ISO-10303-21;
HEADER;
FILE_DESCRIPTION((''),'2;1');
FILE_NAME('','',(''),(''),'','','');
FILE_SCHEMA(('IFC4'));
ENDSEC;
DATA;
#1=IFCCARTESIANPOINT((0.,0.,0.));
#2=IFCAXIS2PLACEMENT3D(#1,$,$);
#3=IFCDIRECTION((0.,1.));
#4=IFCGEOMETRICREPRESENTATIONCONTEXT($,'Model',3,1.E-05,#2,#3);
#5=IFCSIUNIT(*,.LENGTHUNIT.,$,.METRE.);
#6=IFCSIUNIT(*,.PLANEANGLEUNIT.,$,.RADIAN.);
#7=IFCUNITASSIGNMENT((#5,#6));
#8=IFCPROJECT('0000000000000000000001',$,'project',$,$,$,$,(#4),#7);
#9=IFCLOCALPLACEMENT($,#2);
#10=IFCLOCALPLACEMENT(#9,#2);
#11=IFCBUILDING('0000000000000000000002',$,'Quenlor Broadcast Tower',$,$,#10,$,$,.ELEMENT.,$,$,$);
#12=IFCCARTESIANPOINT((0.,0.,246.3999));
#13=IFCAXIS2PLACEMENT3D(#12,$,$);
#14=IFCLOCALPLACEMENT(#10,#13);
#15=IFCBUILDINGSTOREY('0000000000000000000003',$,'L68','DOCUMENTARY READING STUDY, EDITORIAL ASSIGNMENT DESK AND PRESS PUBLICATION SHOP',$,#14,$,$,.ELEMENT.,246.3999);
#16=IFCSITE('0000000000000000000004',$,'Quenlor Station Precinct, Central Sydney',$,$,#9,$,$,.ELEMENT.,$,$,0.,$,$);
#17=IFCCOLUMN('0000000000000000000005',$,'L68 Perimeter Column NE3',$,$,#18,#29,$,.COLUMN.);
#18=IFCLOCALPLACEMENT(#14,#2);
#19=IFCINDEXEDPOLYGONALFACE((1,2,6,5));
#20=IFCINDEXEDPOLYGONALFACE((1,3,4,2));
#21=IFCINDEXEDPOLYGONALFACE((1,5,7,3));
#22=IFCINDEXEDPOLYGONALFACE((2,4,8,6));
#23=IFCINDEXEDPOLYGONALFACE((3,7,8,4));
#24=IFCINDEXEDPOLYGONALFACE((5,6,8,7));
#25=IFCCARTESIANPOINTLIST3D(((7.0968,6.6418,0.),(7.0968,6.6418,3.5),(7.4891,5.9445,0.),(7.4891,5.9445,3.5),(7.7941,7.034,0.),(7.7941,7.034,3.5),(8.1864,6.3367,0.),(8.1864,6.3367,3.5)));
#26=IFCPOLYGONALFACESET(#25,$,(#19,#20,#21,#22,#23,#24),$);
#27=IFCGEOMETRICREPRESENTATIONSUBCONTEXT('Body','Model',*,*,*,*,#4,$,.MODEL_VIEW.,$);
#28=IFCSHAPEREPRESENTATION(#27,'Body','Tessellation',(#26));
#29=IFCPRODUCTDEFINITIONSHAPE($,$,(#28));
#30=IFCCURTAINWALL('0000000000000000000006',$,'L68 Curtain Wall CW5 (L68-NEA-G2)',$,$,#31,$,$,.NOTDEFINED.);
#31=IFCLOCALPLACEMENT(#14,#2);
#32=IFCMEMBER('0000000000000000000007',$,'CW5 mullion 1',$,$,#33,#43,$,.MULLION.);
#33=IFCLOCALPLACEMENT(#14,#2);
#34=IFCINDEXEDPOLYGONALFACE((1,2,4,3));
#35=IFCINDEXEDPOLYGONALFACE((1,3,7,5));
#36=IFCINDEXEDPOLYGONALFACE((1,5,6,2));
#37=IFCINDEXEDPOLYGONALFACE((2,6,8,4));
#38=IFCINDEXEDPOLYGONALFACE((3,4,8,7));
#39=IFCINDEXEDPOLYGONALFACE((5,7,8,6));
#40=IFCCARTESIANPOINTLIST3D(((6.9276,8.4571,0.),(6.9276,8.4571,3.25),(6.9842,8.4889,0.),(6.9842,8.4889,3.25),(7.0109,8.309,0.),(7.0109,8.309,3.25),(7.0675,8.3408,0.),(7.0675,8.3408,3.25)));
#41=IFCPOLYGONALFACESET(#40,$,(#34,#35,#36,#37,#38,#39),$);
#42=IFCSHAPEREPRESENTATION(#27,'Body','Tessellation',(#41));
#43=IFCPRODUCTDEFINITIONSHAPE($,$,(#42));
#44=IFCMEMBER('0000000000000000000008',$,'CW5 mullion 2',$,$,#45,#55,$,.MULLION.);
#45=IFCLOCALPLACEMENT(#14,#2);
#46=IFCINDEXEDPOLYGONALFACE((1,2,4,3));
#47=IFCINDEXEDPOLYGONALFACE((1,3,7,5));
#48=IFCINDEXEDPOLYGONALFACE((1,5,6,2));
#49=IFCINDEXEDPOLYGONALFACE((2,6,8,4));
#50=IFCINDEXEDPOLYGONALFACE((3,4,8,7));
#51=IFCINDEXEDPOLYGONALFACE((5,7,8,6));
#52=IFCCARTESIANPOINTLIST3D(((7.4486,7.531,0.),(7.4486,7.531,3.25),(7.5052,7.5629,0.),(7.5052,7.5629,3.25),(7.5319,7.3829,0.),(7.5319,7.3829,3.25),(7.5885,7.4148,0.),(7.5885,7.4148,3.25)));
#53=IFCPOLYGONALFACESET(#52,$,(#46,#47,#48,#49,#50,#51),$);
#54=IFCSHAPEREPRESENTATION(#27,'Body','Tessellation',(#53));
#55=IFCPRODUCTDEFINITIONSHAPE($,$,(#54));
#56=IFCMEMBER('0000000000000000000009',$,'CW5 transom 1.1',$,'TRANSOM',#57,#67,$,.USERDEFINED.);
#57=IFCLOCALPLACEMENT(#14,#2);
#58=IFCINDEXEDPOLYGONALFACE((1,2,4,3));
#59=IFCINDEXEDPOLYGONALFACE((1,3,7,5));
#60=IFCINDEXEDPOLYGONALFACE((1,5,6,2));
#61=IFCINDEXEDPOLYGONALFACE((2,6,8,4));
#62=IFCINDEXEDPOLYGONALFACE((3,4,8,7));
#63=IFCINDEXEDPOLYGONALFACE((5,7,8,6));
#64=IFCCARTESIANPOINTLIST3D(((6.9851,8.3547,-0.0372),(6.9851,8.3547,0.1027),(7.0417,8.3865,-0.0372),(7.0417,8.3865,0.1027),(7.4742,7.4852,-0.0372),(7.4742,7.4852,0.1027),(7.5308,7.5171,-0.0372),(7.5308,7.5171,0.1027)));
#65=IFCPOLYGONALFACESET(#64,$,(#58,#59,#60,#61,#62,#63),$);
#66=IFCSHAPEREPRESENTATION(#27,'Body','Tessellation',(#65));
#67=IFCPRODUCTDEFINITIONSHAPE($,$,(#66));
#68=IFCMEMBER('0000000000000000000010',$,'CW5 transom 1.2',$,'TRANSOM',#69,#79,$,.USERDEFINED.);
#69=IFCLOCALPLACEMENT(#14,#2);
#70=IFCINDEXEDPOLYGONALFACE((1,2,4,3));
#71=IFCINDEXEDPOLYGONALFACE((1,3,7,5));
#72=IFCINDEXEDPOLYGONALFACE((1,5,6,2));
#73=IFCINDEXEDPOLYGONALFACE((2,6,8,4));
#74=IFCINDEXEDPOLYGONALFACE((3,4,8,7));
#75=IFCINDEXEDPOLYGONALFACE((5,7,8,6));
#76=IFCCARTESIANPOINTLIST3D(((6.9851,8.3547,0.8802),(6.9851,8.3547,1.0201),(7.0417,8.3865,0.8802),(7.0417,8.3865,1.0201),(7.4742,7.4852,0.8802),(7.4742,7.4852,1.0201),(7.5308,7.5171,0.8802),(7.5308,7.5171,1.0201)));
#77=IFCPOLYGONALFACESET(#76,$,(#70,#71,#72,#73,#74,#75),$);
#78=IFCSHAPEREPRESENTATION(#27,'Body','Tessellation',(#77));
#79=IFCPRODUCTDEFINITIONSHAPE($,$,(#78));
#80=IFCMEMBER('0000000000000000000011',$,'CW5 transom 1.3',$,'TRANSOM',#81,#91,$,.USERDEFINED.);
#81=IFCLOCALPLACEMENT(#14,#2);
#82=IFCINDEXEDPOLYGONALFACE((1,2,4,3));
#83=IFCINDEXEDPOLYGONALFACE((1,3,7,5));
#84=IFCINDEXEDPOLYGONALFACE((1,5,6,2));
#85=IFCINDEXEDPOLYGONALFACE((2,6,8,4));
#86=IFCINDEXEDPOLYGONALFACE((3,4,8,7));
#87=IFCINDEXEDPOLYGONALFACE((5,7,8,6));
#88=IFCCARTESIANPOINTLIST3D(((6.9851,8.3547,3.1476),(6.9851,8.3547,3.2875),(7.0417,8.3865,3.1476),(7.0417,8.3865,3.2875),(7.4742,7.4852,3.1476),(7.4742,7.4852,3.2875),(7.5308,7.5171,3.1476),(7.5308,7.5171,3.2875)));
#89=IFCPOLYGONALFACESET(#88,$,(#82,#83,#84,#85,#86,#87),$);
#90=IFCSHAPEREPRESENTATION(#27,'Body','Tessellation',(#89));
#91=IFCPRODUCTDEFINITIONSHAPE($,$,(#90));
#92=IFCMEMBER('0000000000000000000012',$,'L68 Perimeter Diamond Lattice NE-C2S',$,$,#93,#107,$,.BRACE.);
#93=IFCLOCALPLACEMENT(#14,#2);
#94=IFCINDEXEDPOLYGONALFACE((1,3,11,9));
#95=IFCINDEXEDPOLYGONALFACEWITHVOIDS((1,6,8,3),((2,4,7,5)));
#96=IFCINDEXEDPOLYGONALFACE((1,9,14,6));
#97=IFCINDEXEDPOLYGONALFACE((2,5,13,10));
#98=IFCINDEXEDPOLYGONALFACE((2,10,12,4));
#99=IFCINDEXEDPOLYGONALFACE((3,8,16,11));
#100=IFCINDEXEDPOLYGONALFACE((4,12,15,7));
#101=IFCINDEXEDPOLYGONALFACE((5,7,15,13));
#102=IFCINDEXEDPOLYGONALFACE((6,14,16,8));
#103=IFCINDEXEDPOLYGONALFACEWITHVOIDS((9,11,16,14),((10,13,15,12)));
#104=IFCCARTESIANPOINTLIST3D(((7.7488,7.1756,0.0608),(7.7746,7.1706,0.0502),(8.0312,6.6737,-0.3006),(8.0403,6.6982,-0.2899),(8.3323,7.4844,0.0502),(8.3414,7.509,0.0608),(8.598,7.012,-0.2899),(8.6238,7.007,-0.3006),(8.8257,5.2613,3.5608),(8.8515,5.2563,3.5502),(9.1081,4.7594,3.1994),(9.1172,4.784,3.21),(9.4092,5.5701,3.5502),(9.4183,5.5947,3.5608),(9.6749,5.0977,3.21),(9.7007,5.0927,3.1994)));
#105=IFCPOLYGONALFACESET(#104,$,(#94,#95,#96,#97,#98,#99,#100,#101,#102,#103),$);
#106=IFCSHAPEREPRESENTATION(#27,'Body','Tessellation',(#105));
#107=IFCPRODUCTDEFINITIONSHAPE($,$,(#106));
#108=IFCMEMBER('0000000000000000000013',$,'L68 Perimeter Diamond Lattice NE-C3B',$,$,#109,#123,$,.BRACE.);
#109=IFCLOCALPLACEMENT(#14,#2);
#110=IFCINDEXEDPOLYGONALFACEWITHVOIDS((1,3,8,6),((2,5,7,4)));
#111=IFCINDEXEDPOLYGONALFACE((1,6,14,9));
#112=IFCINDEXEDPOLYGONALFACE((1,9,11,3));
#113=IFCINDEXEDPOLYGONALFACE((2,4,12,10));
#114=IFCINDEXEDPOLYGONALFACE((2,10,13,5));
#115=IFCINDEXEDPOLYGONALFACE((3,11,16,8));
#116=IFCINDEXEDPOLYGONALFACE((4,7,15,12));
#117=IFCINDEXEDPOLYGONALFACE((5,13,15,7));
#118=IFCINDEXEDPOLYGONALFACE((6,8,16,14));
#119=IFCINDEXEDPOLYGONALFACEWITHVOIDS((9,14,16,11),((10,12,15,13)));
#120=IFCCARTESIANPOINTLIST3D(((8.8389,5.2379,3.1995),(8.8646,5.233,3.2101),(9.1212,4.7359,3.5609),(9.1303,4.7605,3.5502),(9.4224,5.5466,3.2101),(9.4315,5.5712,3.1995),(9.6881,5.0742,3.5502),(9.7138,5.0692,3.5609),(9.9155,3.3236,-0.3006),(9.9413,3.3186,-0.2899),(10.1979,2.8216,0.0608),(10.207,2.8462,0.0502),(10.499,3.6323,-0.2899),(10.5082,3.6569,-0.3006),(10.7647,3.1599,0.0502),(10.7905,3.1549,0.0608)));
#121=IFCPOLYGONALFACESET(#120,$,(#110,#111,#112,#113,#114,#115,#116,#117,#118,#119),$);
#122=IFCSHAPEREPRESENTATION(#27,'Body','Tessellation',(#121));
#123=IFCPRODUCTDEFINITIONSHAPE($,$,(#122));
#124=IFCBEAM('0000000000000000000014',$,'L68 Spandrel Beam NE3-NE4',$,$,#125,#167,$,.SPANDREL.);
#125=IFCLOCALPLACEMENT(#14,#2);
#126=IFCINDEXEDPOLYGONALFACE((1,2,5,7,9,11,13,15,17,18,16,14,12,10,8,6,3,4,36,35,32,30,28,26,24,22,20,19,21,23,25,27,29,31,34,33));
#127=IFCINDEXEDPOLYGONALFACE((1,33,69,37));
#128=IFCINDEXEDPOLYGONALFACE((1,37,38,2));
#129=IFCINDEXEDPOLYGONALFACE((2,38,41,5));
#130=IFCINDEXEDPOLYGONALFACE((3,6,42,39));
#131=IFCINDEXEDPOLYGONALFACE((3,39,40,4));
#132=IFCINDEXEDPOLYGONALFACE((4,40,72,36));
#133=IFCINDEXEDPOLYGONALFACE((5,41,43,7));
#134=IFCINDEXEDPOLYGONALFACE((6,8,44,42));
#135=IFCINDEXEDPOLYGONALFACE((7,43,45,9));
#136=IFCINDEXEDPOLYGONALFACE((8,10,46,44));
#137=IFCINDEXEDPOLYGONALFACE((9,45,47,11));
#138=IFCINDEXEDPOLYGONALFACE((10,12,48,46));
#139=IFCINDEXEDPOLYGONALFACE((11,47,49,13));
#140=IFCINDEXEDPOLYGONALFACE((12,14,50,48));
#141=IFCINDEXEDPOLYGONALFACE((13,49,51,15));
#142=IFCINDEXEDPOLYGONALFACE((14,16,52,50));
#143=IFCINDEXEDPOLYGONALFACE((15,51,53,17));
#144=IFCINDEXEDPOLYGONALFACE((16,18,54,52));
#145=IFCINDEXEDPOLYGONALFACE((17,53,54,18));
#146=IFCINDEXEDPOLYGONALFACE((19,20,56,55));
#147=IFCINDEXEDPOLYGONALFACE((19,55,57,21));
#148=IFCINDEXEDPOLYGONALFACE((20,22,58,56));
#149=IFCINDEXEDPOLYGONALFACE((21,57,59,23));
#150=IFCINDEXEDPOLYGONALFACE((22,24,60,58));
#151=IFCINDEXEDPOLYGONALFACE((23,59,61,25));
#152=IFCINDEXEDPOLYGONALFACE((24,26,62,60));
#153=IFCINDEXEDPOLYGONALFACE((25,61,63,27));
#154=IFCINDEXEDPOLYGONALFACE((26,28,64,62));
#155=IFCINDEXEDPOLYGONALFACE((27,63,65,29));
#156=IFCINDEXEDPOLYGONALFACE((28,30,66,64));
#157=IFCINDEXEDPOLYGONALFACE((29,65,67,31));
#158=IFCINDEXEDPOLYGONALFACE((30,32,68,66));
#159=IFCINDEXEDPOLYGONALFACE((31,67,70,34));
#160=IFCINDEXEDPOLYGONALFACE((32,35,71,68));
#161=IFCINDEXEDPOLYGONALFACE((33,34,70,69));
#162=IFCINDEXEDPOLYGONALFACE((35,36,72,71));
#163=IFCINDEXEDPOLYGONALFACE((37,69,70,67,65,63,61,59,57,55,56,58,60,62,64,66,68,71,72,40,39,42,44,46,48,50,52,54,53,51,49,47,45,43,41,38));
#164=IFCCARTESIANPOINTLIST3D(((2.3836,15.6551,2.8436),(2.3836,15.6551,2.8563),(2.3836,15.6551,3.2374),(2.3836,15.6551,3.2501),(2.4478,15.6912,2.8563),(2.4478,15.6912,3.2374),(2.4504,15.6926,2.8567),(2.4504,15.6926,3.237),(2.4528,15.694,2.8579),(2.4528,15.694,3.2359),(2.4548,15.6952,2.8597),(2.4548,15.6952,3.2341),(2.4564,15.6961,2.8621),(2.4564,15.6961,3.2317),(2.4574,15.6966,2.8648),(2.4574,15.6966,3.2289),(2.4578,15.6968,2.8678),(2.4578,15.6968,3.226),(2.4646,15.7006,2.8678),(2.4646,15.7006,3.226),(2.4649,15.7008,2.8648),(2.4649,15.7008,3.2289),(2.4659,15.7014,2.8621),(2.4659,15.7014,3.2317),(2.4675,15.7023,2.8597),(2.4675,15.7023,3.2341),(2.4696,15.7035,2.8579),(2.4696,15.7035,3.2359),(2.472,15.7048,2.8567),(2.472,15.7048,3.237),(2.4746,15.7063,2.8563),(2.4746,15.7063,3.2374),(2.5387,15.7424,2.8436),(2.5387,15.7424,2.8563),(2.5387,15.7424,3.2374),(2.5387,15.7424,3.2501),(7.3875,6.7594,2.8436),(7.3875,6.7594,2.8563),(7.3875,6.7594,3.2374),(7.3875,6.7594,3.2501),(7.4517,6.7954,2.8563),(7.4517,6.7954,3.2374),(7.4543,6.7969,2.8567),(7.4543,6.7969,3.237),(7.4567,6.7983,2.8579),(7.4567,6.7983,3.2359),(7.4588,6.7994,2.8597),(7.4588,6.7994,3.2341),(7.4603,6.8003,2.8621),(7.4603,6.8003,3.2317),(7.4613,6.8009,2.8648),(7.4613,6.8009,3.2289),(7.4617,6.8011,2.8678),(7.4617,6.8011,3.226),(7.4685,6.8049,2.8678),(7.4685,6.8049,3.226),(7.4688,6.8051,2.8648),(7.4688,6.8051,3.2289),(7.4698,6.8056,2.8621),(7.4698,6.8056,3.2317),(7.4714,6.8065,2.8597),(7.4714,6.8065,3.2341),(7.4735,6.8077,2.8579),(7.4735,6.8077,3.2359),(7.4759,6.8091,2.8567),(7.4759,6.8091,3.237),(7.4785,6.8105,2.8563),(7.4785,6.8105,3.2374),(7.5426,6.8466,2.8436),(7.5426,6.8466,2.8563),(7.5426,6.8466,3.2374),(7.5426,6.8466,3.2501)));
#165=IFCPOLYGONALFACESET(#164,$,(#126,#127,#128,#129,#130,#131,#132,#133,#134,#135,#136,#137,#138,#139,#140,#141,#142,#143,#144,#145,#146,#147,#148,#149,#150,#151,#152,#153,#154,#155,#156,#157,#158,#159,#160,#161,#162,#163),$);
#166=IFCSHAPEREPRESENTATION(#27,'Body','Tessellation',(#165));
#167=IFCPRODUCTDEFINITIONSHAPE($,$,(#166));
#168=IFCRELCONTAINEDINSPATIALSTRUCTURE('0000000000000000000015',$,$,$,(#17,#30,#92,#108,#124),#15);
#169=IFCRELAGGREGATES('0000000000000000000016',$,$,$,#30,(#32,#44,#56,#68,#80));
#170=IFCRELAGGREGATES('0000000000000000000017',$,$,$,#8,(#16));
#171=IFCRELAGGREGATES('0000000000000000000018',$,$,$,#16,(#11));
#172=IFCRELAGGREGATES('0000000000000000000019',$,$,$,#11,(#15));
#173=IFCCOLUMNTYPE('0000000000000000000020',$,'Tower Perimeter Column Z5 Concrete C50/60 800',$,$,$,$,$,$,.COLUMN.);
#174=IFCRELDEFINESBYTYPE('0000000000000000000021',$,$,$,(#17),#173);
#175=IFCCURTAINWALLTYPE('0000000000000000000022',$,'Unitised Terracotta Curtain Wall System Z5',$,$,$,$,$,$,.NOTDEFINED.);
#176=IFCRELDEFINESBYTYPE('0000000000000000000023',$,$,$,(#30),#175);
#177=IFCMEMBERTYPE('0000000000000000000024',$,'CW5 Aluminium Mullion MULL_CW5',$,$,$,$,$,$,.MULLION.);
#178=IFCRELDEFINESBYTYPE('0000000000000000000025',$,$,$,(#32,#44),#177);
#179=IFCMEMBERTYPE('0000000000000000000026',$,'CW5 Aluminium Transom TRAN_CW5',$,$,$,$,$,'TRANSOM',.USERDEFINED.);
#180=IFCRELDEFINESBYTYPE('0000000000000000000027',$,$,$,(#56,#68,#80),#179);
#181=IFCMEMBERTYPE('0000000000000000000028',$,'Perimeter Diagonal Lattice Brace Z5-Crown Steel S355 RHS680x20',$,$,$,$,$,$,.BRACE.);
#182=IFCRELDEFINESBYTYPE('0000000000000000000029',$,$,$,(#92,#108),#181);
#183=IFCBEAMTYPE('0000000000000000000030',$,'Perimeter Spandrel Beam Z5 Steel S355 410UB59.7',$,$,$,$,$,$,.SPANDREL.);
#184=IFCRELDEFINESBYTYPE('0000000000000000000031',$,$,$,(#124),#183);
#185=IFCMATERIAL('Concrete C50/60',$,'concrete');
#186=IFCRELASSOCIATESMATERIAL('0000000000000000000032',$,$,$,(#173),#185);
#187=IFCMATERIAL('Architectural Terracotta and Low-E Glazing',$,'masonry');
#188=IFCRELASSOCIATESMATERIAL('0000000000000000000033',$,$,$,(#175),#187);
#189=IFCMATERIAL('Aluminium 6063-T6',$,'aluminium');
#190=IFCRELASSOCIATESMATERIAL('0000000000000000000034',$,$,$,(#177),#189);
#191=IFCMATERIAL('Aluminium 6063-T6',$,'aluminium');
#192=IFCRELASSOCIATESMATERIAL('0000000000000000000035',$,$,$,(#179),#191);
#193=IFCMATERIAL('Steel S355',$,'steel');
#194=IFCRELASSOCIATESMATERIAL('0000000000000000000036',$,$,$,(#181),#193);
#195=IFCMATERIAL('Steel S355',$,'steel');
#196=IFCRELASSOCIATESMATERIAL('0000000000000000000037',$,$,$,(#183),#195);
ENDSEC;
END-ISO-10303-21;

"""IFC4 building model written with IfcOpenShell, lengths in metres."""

from ifc_helpers import new_model, si_unit, direction, frame, origin, origin_2d, place, context, subcontext, project, spatial, rectangle, hollow_rectangle, i_section, extrude, material, material_profile, profile_set, type_object, element, aggregate, save


model = new_model("IFC4")

# Units and contexts
model_context = context("Model", 3, precision=1e-05, world=origin(), true_north=direction((0.0, 1.0)))
body_context = subcontext(model_context, "Body", "Model", "MODEL_VIEW")
ifc_project = project(units=[si_unit("LENGTHUNIT", "METRE"), si_unit("PLANEANGLEUNIT", "RADIAN")], contexts=[model_context])

# Site, building, storey
site_placement = place(None, origin())
site = spatial("IfcSite", under=ifc_project, at=site_placement, Name="Quenlor Station Precinct, Central Sydney", CompositionType="ELEMENT", RefElevation=0.0)
building_placement = place(site_placement, origin())
building = spatial("IfcBuilding", under=site, at=building_placement, Name="Quenlor Broadcast Tower", CompositionType="ELEMENT")
storey_placement = place(building_placement, frame((0.0, 0.0, 246.3999)))
storey = spatial("IfcBuildingStorey", under=building, at=storey_placement, Name="L68", Description="DOCUMENTARY READING STUDY, EDITORIAL ASSIGNMENT DESK AND PRESS PUBLICATION SHOP", CompositionType="ELEMENT", Elevation=246.3999)

# Column
ifc_material_1 = material(Name="Concrete C50/60", Category="concrete")
ifc_material_profile_1 = material_profile(ifc_material_1, rectangle(XDim=0.8, YDim=0.8, at=origin_2d()))
ifc_profile_set_1 = profile_set([ifc_material_profile_1], Name="Concrete C50/60 RC800x800")
column_type = type_object("IfcColumnType", Name="Tower Perimeter Column Z5 Concrete C50/60 800", PredefinedType="COLUMN", material=ifc_profile_set_1)
column_placement = place(storey_placement, frame((7.6416, 6.4893, 0.0), z_axis=(0.0, 0.0, 1.0), x_axis=(0.871575, 0.490262, 0.0)))
element("IfcColumn", 1, at=column_placement, inside=storey, type_object=column_type, Name="L68 Perimeter Column NE3", PredefinedType="COLUMN", context=body_context, shape_type="SweptSolid", body=[
    extrude(rectangle(XDim=0.8, YDim=0.8, at=origin_2d()), origin(), (0.0, 0.0, 1.0), 3.5),
])

# Curtain wall, members
ifc_material_2 = material(Name="Architectural Terracotta and Low-E Glazing", Category="masonry")
curtain_wall_type = type_object("IfcCurtainWallType", Name="Unitised Terracotta Curtain Wall System Z5", PredefinedType="NOTDEFINED", material=ifc_material_2)
curtain_wall_placement = place(storey_placement, origin())
curtain_wall = element("IfcCurtainWall", 2, at=curtain_wall_placement, inside=storey, type_object=curtain_wall_type, Name="L68 Curtain Wall CW5 (L68-NEA-G2)", PredefinedType="NOTDEFINED")
ifc_material_3 = material(Name="Aluminium 6063-T6", Category="aluminium")
ifc_material_profile_2 = material_profile(ifc_material_3, rectangle(XDim=0.0649, YDim=0.1699, at=origin_2d()))
ifc_profile_set_2 = profile_set([ifc_material_profile_2], Name="Aluminium 6063-T6 MULL65x170")
member_type_1 = type_object("IfcMemberType", Name="CW5 Aluminium Mullion MULL_CW5", PredefinedType="MULLION", material=ifc_profile_set_2)
member_1_placement = place(storey_placement, frame((6.9976, 8.3989, 0.0), z_axis=(0.0, 0.0, 1.0), x_axis=(0.871564, 0.490282, 0.0)))
member_1 = element("IfcMember", 3, at=member_1_placement, type_object=member_type_1, Name="CW5 mullion 1", PredefinedType="MULLION", context=body_context, shape_type="SweptSolid", body=[
    extrude(rectangle(XDim=0.0649, YDim=0.1699, at=origin_2d()), origin(), (0.0, 0.0, 1.0), 3.25),
])
member_2_placement = place(storey_placement, frame((7.5186, 7.4729, 0.0), z_axis=(0.0, 0.0, 1.0), x_axis=(0.871564, 0.490282, 0.0)))
member_2 = element("IfcMember", 4, at=member_2_placement, type_object=member_type_1, Name="CW5 mullion 2", PredefinedType="MULLION", context=body_context, shape_type="SweptSolid", body=[
    extrude(rectangle(XDim=0.0649, YDim=0.1699, at=origin_2d()), origin(), (0.0, 0.0, 1.0), 3.25),
])
ifc_material_4 = material(Name="Aluminium 6063-T6", Category="aluminium")
ifc_material_profile_3 = material_profile(ifc_material_4, rectangle(XDim=0.0649, YDim=0.1399, at=origin_2d()))
ifc_profile_set_3 = profile_set([ifc_material_profile_3], Name="Aluminium 6063-T6 TRAN65x140")
member_type_2 = type_object("IfcMemberType", Name="CW5 Aluminium Transom TRAN_CW5", ElementType="TRANSOM", PredefinedType="USERDEFINED", material=ifc_profile_set_3)
member_3_placement = place(storey_placement, frame((7.0134, 8.3706, 0.0327), z_axis=(0.49025, -0.871582, 0.0), x_axis=(0.871582, 0.49025, 0.0)))
member_3 = element("IfcMember", 5, at=member_3_placement, type_object=member_type_2, Name="CW5 transom 1.1", ObjectType="TRANSOM", PredefinedType="USERDEFINED", context=body_context, shape_type="SweptSolid", body=[
    extrude(rectangle(XDim=0.0649, YDim=0.1399, at=origin_2d()), origin(), (0.0, 0.0, 1.0), 0.9976),
])
member_4_placement = place(storey_placement, frame((7.0134, 8.3706, 0.9502), z_axis=(0.49025, -0.871582, 0.0), x_axis=(0.871582, 0.49025, 0.0)))
member_4 = element("IfcMember", 6, at=member_4_placement, type_object=member_type_2, Name="CW5 transom 1.2", ObjectType="TRANSOM", PredefinedType="USERDEFINED", context=body_context, shape_type="SweptSolid", body=[
    extrude(rectangle(XDim=0.0649, YDim=0.1399, at=origin_2d()), origin(), (0.0, 0.0, 1.0), 0.9976),
])
member_5_placement = place(storey_placement, frame((7.0134, 8.3706, 3.2175), z_axis=(0.49025, -0.871582, 0.0), x_axis=(0.871582, 0.49025, 0.0)))
member_5 = element("IfcMember", 7, at=member_5_placement, type_object=member_type_2, Name="CW5 transom 1.3", ObjectType="TRANSOM", PredefinedType="USERDEFINED", context=body_context, shape_type="SweptSolid", body=[
    extrude(rectangle(XDim=0.0649, YDim=0.1399, at=origin_2d()), origin(), (0.0, 0.0, 1.0), 0.9976),
])

# Members
ifc_material_5 = material(Name="Steel S355", Category="steel")
ifc_material_profile_4 = material_profile(ifc_material_5, hollow_rectangle(XDim=0.6799, YDim=0.6799, WallThickness=0.02, at=origin_2d()))
ifc_profile_set_4 = profile_set([ifc_material_profile_4], Name="Steel S355 RHS680x680x20")
member_type_3 = type_object("IfcMemberType", Name="Perimeter Diagonal Lattice Brace Z5-Crown Steel S355 RHS680x20", PredefinedType="BRACE", material=ifc_profile_set_4)
for number, where, z_axis, x_axis, name in (
    (8, (8.1863, 7.0913, -0.1199), (0.260619, -0.463276, 0.847026), (0.871555, 0.490298, 0.0), "L68 Perimeter Diamond Lattice NE-C2S"),
    (9, (10.353, 3.2393, -0.1199), (-0.260564, 0.463283, 0.847039), (-0.871602, -0.490214, 0.0), "L68 Perimeter Diamond Lattice NE-C3B"),
):
    element("IfcMember", number, at=place(storey_placement, frame(where, z_axis=z_axis, x_axis=x_axis)), inside=storey, type_object=member_type_3, Name=name, PredefinedType="BRACE", context=body_context, shape_type="SweptSolid", body=[
        extrude(hollow_rectangle(XDim=0.6799, YDim=0.6799, WallThickness=0.02, at=origin_2d()), origin(), (0.0, 0.0, 1.0), 4.1321),
    ])

# Beam
ifc_material_6 = material(Name="Steel S355", Category="steel")
ifc_material_profile_5 = material_profile(ifc_material_6, i_section(OverallWidth=0.178, OverallDepth=0.4065, WebThickness=0.0078, FlangeThickness=0.0127, FilletRadius=0.0115, at=origin_2d()))
ifc_profile_set_5 = profile_set([ifc_material_profile_5], Name="Steel S355 410UB59.7")
beam_type_1 = type_object("IfcBeamType", Name="Perimeter Spandrel Beam Z5 Steel S355 410UB59.7", PredefinedType="SPANDREL", material=ifc_profile_set_5)
beam_1_placement = place(storey_placement, frame((7.4651, 6.803, 3.0469), z_axis=(-0.490265, 0.871574, 0.0), x_axis=(-0.871574, -0.490265, 0.0)))
element("IfcBeam", 10, at=beam_1_placement, inside=storey, type_object=beam_type_1, Name="L68 Spandrel Beam NE3-NE4", PredefinedType="SPANDREL", context=body_context, shape_type="SweptSolid", body=[
    extrude(i_section(OverallWidth=0.178, OverallDepth=0.4065, WebThickness=0.0078, FlangeThickness=0.0127, FilletRadius=0.0115, at=origin_2d()), origin(), (0.0, 0.0, 1.0), 10.2065),
])

aggregate(curtain_wall, [member_1, member_2, member_3, member_4, member_5])

save(model, "model.ifc")
